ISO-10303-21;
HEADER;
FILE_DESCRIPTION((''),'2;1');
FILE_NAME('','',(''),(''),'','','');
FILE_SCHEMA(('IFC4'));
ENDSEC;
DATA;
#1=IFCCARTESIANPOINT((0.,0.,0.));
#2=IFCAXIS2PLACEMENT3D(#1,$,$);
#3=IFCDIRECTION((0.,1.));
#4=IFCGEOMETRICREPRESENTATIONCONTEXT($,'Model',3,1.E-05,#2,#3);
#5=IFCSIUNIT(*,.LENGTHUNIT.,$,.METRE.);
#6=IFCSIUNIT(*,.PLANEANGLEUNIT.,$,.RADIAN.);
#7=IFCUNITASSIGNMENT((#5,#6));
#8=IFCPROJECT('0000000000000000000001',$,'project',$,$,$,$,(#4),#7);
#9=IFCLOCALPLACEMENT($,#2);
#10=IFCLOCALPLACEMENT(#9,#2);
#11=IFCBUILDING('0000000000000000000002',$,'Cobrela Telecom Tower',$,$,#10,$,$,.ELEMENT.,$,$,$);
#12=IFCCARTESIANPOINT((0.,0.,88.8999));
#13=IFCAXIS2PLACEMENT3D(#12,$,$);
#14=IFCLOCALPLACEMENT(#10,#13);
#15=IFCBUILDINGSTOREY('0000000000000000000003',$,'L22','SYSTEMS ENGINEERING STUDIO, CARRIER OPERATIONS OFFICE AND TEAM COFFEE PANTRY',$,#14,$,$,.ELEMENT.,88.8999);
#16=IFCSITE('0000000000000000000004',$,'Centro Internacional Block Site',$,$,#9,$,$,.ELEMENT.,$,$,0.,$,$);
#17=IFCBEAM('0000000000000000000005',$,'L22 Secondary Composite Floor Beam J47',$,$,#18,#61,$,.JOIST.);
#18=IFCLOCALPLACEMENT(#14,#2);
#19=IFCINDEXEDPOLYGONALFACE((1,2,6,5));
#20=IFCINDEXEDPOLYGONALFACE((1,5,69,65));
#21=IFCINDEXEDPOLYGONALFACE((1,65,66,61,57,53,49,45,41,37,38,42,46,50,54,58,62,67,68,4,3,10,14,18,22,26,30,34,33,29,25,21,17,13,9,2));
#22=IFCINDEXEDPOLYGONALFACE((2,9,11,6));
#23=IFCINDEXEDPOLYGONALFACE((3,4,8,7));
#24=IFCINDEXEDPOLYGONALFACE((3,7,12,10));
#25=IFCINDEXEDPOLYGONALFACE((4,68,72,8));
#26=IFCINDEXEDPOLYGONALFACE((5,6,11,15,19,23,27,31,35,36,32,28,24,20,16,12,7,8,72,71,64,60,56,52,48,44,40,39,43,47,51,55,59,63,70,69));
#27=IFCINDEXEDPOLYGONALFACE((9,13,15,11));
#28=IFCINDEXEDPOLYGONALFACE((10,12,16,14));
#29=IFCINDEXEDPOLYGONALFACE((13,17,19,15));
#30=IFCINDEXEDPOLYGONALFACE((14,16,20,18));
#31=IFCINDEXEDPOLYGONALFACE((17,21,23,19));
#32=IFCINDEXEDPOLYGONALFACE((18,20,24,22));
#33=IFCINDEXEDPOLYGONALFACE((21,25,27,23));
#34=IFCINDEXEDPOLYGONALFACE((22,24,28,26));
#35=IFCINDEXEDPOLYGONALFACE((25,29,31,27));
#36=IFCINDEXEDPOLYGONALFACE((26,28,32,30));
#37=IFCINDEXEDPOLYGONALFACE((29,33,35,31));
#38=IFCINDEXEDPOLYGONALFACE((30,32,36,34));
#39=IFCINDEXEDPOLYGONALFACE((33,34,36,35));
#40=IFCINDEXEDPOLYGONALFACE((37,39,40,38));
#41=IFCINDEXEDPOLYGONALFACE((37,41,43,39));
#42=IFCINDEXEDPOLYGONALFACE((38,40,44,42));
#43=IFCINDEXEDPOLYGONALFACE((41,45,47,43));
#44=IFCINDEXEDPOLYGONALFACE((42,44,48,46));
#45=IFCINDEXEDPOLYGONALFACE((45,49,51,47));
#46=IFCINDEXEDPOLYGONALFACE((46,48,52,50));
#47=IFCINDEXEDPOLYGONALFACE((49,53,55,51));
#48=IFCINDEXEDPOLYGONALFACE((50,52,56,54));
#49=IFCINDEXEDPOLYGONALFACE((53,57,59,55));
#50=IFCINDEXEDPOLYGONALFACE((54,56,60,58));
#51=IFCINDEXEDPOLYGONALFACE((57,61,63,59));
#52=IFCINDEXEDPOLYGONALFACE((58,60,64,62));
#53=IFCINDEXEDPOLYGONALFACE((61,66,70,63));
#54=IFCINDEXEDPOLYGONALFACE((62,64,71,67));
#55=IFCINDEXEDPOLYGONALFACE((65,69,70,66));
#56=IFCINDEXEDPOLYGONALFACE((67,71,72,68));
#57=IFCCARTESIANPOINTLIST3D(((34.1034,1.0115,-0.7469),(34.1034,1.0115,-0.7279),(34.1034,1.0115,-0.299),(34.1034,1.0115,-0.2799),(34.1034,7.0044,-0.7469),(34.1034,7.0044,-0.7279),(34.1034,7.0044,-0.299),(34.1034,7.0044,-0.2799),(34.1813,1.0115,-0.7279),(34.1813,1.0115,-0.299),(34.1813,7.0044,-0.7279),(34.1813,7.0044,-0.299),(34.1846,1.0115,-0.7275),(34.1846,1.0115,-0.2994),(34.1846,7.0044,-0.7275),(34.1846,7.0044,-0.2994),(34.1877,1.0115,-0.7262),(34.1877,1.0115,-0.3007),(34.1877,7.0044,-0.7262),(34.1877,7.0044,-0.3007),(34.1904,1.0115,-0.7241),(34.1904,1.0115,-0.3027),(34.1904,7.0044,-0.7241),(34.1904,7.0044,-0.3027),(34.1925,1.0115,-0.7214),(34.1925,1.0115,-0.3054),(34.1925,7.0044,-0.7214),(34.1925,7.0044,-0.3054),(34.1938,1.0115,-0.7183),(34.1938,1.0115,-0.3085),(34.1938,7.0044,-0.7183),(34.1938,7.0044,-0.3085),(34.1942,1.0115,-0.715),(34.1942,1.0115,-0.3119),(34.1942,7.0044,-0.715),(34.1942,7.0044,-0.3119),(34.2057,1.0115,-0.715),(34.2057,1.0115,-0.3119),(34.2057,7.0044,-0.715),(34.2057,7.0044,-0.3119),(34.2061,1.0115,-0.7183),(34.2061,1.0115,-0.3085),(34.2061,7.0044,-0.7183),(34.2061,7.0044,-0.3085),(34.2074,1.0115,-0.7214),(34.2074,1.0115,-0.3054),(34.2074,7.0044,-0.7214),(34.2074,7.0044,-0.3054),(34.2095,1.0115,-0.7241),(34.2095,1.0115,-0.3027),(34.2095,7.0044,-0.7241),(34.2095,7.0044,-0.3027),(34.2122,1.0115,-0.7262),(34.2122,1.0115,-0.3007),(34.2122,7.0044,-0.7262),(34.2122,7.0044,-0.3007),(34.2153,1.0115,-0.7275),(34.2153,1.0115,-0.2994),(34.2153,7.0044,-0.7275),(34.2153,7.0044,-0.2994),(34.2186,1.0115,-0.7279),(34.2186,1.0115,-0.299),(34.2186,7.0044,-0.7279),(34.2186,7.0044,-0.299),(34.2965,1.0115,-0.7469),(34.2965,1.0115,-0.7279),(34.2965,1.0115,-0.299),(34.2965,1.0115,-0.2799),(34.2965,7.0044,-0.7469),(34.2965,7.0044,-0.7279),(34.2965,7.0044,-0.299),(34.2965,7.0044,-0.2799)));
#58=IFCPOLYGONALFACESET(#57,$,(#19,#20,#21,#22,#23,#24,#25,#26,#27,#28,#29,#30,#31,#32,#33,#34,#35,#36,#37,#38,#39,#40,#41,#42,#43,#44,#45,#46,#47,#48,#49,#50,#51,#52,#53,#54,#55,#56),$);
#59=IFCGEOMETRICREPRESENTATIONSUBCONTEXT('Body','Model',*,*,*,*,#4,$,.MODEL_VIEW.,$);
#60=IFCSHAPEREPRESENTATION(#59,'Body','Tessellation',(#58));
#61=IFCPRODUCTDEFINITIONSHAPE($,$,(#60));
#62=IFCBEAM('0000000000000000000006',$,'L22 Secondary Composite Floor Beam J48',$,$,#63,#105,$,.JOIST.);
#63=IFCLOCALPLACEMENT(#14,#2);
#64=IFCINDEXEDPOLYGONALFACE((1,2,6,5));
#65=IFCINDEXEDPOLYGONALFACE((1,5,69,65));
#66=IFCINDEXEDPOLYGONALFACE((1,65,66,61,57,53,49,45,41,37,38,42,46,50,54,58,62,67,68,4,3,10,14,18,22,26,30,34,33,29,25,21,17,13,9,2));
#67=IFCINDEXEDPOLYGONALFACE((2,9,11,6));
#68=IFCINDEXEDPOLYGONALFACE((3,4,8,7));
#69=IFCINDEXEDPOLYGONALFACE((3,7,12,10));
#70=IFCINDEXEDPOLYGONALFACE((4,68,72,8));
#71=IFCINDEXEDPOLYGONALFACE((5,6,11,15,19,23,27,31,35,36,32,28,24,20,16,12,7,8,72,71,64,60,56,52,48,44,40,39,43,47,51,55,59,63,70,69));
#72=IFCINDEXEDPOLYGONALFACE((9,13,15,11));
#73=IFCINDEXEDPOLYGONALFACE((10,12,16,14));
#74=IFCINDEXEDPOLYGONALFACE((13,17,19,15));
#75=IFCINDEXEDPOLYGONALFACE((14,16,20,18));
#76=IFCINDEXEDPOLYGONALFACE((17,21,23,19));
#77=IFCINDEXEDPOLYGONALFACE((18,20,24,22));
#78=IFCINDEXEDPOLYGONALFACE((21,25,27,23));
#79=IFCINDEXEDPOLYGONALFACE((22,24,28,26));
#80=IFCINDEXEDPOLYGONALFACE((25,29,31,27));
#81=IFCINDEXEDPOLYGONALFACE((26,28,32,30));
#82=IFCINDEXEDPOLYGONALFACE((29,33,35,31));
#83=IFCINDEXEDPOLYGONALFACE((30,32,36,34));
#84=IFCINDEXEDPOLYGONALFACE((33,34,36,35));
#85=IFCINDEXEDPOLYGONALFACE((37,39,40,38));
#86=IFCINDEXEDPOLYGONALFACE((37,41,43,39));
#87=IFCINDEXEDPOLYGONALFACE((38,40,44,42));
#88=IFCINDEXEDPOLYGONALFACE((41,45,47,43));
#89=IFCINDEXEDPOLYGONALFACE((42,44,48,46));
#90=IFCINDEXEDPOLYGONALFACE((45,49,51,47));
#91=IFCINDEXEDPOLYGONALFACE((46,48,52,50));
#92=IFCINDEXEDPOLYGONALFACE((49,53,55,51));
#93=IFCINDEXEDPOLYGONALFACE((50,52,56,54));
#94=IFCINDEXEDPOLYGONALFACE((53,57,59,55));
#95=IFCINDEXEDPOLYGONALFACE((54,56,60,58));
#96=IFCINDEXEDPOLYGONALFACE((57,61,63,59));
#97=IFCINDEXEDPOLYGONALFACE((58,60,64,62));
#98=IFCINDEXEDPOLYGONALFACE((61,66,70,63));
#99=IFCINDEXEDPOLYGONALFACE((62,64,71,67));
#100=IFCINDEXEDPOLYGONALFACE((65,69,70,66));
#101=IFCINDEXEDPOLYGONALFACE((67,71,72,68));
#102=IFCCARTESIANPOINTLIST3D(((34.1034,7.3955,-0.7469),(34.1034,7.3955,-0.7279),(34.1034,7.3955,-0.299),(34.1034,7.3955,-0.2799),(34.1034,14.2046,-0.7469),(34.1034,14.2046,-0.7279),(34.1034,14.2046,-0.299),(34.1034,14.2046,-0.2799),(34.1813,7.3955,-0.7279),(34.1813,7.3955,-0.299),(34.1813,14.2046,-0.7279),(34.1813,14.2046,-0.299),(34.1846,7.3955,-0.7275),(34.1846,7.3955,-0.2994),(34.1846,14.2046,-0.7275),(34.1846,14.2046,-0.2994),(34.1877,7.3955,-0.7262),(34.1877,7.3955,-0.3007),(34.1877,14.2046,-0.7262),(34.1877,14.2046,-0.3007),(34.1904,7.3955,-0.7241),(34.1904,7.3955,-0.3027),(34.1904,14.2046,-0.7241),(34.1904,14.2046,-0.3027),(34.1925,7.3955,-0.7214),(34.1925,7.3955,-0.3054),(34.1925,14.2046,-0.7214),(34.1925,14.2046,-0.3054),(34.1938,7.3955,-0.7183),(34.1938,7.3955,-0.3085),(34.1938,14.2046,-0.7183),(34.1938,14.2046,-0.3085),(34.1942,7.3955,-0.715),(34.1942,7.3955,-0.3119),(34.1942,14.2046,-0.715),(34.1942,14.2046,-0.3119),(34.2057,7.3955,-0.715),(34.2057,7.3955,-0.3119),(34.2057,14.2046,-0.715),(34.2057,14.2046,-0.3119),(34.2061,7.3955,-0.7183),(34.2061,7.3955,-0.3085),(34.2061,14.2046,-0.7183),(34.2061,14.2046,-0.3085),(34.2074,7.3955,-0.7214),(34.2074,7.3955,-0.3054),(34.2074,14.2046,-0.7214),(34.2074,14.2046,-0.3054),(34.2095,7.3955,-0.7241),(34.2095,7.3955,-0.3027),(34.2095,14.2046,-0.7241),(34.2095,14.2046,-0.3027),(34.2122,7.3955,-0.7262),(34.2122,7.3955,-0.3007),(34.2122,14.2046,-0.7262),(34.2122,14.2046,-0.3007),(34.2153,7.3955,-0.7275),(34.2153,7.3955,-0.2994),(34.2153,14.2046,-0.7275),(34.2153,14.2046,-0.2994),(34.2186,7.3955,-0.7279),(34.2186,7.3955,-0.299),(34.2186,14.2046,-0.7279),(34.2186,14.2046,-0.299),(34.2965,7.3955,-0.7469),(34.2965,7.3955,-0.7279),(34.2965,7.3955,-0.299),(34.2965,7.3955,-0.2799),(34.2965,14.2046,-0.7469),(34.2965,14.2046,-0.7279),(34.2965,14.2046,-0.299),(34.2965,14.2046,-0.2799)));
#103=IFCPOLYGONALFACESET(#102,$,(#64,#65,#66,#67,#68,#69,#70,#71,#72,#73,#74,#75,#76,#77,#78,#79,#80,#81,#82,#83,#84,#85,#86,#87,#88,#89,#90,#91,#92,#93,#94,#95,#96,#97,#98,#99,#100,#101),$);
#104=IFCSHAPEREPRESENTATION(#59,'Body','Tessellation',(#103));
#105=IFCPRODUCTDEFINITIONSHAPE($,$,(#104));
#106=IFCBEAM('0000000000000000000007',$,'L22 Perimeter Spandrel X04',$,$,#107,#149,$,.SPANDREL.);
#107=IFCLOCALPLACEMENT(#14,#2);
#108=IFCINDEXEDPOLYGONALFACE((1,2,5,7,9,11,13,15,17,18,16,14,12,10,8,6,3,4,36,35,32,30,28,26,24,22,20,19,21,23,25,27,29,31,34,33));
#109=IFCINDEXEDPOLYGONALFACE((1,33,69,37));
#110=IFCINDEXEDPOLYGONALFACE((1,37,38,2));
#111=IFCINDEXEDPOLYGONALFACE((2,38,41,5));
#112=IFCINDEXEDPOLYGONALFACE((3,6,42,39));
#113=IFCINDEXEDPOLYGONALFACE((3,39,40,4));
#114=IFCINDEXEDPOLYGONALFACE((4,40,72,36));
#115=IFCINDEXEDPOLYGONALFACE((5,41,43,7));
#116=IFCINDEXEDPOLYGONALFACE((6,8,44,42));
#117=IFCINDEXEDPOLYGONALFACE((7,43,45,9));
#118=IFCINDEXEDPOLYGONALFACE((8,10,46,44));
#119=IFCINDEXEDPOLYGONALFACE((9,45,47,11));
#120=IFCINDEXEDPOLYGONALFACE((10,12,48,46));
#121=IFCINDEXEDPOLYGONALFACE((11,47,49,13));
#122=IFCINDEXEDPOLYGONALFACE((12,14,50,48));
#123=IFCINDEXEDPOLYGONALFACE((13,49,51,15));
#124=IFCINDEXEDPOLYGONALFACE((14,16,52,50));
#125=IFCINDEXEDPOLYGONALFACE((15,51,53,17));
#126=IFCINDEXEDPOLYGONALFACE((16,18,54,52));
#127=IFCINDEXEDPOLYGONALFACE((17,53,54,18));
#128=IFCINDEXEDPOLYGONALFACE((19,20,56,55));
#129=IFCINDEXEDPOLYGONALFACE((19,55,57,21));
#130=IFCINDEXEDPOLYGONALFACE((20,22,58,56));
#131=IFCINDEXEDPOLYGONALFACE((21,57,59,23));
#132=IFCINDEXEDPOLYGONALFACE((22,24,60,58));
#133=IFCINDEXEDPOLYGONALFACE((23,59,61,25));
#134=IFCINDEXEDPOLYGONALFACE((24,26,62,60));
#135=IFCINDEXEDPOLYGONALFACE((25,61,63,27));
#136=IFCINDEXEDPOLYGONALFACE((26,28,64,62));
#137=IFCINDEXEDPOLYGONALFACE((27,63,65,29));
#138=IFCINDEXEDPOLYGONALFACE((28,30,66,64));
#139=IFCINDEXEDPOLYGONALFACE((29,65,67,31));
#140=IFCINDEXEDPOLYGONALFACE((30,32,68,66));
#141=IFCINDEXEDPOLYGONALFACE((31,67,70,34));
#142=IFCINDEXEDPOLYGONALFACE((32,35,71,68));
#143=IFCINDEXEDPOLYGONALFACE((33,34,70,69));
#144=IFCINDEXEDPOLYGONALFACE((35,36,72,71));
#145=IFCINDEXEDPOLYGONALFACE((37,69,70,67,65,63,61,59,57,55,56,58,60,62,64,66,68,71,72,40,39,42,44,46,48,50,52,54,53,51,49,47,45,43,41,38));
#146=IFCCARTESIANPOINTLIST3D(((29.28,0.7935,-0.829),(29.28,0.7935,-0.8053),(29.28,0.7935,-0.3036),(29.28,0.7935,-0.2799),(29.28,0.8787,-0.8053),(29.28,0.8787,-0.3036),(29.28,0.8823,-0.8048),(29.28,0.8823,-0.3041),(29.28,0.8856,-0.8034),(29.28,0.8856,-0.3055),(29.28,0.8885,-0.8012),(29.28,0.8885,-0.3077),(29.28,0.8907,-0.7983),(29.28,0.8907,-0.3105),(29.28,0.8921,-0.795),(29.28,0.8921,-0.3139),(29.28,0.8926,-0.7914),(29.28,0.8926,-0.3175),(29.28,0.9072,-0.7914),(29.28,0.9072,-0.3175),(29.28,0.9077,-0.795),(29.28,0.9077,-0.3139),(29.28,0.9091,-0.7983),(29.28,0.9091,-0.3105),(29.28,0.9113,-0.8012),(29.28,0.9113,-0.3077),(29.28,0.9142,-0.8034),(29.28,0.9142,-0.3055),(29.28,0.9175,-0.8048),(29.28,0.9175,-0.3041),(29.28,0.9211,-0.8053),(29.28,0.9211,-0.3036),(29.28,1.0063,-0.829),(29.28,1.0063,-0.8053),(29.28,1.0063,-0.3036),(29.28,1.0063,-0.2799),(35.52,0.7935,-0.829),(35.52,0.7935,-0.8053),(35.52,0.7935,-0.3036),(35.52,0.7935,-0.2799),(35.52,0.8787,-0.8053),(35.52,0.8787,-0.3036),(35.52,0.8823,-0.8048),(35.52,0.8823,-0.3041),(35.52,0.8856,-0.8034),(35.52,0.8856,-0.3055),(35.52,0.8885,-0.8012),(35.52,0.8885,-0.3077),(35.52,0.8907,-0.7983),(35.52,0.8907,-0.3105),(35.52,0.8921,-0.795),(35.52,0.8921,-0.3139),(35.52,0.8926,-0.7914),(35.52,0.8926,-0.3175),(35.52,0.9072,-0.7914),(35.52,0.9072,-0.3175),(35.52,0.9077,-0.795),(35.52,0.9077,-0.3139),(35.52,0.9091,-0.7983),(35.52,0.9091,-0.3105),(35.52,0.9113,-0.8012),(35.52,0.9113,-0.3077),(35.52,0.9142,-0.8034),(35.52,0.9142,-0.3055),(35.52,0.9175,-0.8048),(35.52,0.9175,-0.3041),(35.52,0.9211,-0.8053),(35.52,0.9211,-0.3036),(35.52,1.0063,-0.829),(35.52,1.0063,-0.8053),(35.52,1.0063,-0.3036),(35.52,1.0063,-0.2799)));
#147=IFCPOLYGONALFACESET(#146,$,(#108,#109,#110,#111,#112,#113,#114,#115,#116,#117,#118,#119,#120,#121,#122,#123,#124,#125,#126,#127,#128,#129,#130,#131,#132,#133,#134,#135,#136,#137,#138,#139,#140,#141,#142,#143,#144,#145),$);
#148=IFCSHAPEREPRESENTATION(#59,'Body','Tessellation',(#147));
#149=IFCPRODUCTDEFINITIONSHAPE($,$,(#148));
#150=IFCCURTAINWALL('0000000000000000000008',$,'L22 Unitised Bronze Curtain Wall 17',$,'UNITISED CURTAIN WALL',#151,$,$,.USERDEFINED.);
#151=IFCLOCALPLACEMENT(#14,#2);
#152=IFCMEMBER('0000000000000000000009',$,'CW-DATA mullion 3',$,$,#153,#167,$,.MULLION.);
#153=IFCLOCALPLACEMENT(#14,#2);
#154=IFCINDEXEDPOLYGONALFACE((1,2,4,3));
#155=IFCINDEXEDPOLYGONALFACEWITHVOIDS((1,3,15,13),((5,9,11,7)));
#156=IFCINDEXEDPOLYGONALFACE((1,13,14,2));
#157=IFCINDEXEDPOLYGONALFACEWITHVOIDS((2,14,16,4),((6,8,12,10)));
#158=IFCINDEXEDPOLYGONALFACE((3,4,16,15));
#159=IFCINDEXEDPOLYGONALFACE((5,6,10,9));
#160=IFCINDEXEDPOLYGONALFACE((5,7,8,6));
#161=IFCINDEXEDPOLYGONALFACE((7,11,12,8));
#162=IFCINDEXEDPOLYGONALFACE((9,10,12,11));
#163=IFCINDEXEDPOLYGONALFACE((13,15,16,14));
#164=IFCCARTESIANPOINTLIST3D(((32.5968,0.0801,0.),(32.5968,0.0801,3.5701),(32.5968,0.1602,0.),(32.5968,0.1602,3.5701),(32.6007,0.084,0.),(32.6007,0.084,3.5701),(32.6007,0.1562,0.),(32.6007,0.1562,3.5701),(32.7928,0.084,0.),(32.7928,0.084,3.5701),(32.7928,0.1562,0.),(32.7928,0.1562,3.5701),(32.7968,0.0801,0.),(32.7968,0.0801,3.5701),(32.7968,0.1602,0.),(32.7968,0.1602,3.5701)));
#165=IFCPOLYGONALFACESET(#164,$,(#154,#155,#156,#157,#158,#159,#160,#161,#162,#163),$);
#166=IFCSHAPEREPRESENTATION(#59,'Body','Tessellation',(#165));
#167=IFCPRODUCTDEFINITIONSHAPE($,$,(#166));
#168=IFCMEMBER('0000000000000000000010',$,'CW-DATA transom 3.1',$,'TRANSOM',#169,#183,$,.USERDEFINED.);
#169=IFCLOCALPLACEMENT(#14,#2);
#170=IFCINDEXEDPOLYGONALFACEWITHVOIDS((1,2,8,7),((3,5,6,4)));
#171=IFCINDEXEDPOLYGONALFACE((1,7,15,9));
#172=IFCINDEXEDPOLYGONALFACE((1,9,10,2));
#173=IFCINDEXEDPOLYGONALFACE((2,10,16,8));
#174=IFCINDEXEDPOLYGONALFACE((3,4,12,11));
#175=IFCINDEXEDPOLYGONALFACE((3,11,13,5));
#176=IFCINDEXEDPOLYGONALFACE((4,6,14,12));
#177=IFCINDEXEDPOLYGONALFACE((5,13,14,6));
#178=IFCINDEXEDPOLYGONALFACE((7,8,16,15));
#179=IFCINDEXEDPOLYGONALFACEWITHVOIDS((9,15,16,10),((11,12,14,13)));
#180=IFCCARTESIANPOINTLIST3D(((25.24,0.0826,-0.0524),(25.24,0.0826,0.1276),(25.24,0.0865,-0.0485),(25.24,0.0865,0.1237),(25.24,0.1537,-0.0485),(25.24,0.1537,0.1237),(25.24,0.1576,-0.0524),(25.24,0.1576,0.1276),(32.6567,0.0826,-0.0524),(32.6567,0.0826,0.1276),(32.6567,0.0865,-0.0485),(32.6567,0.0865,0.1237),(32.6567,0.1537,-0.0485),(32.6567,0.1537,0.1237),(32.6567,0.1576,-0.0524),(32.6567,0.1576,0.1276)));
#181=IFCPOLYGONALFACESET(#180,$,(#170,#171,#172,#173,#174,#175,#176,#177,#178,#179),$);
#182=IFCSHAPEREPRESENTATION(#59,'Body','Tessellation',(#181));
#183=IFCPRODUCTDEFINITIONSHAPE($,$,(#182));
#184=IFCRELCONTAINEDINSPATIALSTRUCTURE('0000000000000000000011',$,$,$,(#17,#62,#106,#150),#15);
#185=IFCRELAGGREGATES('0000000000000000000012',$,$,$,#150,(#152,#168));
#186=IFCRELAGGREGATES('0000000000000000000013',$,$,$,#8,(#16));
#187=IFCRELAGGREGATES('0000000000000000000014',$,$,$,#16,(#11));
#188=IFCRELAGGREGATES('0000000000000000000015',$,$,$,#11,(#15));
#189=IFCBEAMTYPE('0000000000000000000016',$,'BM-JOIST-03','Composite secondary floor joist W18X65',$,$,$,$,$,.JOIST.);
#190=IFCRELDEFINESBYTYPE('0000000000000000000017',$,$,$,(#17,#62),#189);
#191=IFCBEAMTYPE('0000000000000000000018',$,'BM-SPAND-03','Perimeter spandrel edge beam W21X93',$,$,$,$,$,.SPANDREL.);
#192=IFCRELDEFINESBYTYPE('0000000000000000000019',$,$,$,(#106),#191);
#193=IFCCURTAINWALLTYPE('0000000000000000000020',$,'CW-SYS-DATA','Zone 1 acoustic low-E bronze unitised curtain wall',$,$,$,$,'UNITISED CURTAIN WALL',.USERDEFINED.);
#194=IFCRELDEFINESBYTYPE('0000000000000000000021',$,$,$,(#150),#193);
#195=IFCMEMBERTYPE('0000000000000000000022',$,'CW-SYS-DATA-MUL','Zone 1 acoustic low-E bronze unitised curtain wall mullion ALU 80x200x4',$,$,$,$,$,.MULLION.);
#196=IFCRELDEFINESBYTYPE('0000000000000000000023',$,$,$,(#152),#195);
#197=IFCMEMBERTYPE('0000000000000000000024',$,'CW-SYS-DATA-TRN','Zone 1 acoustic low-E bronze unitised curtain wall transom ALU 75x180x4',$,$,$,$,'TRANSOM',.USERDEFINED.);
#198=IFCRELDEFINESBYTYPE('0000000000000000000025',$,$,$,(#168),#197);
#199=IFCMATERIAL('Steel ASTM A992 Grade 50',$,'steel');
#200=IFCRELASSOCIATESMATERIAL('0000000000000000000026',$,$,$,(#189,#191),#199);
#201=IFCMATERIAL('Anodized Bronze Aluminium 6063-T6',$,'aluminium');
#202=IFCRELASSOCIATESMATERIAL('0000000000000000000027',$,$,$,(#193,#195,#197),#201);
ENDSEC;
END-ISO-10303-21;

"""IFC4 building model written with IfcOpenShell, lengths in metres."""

from ifc_helpers import new_model, si_unit, direction, frame, origin, origin_2d, place, context, subcontext, project, spatial, hollow_rectangle, i_section, extrude, material, material_profile, profile_set, type_object, element, aggregate, save


model = new_model("IFC4")

# Units and contexts
model_context = context("Model", 3, precision=1e-05, world=origin(), true_north=direction((0.0, 1.0)))
body_context = subcontext(model_context, "Body", "Model", "MODEL_VIEW")
ifc_project = project(units=[si_unit("LENGTHUNIT", "METRE"), si_unit("PLANEANGLEUNIT", "RADIAN")], contexts=[model_context])

# Site, building, storey
site_placement = place(None, origin())
site = spatial("IfcSite", under=ifc_project, at=site_placement, Name="Centro Internacional Block Site", CompositionType="ELEMENT", RefElevation=0.0)
building_placement = place(site_placement, origin())
building = spatial("IfcBuilding", under=site, at=building_placement, Name="Cobrela Telecom Tower", CompositionType="ELEMENT")
storey_placement = place(building_placement, frame((0.0, 0.0, 88.8999)))
storey = spatial("IfcBuildingStorey", under=building, at=storey_placement, Name="L22", Description="SYSTEMS ENGINEERING STUDIO, CARRIER OPERATIONS OFFICE AND TEAM COFFEE PANTRY", CompositionType="ELEMENT", Elevation=88.8999)

# Shared definitions
ifc_material_1 = material(Name="Steel ASTM A992 Grade 50", Category="steel")

# Beams
ifc_material_profile_1 = material_profile(ifc_material_1, i_section(OverallWidth=0.1931, OverallDepth=0.467, WebThickness=0.0115, FlangeThickness=0.019, FilletRadius=0.0129, at=origin_2d()), Name="W18X65")
ifc_profile_set_1 = profile_set([ifc_material_profile_1], Name="Steel ASTM A992 Grade 50")
beam_type_1 = type_object("IfcBeamType", Name="BM-JOIST-03", Description="Composite secondary floor joist W18X65", PredefinedType="JOIST", material=ifc_profile_set_1)
beam_1_placement = place(storey_placement, frame((34.2, 1.0115, -0.5134), z_axis=(0.0, 1.0, 0.0), x_axis=(-1.0, 0.0, 0.0)))
element("IfcBeam", 1, at=beam_1_placement, inside=storey, type_object=beam_type_1, Name="L22 Secondary Composite Floor Beam J47", PredefinedType="JOIST", context=body_context, shape_type="SweptSolid", body=[
    extrude(i_section(OverallWidth=0.1931, OverallDepth=0.467, WebThickness=0.0115, FlangeThickness=0.019, FilletRadius=0.0129, at=origin_2d()), origin(), (0.0, 0.0, 1.0), 5.9929),
])
beam_2_placement = place(storey_placement, frame((34.2, 7.3955, -0.5134), z_axis=(0.0, 1.0, 0.0), x_axis=(-1.0, 0.0, 0.0)))
element("IfcBeam", 2, at=beam_2_placement, inside=storey, type_object=beam_type_1, Name="L22 Secondary Composite Floor Beam J48", PredefinedType="JOIST", context=body_context, shape_type="SweptSolid", body=[
    extrude(i_section(OverallWidth=0.1931, OverallDepth=0.467, WebThickness=0.0115, FlangeThickness=0.019, FilletRadius=0.0129, at=origin_2d()), origin(), (0.0, 0.0, 1.0), 6.8091),
])
ifc_material_profile_2 = material_profile(ifc_material_1, i_section(OverallWidth=0.2129, OverallDepth=0.5491, WebThickness=0.0146, FlangeThickness=0.0237, FilletRadius=0.0139, at=origin_2d()), Name="W21X93")
ifc_profile_set_2 = profile_set([ifc_material_profile_2], Name="Steel ASTM A992 Grade 50")
beam_type_2 = type_object("IfcBeamType", Name="BM-SPAND-03", Description="Perimeter spandrel edge beam W21X93", PredefinedType="SPANDREL", material=ifc_profile_set_2)
beam_3_placement = place(storey_placement, frame((29.28, 0.8999, -0.5544), z_axis=(1.0, 0.0, 0.0), x_axis=(0.0, 1.0, 0.0)))
element("IfcBeam", 3, at=beam_3_placement, inside=storey, type_object=beam_type_2, Name="L22 Perimeter Spandrel X04", PredefinedType="SPANDREL", context=body_context, shape_type="SweptSolid", body=[
    extrude(i_section(OverallWidth=0.2129, OverallDepth=0.5491, WebThickness=0.0146, FlangeThickness=0.0237, FilletRadius=0.0139, at=origin_2d()), origin(), (0.0, 0.0, 1.0), 6.24),
])

# Curtain wall, members
ifc_material_2 = material(Name="Anodized Bronze Aluminium 6063-T6", Category="aluminium")
curtain_wall_type = type_object("IfcCurtainWallType", Name="CW-SYS-DATA", Description="Zone 1 acoustic low-E bronze unitised curtain wall", ElementType="UNITISED CURTAIN WALL", PredefinedType="USERDEFINED", material=ifc_material_2)
curtain_wall_placement = place(storey_placement, origin())
curtain_wall = element("IfcCurtainWall", 4, at=curtain_wall_placement, inside=storey, type_object=curtain_wall_type, Name="L22 Unitised Bronze Curtain Wall 17", ObjectType="UNITISED CURTAIN WALL", PredefinedType="USERDEFINED")
ifc_material_profile_3 = material_profile(ifc_material_2, hollow_rectangle(XDim=0.0801, YDim=0.2, WallThickness=0.0039, at=origin_2d()), Name="ALU 80x200x4")
ifc_profile_set_3 = profile_set([ifc_material_profile_3], Name="Anodized Bronze Aluminium 6063-T6")
member_type_1 = type_object("IfcMemberType", Name="CW-SYS-DATA-MUL", Description="Zone 1 acoustic low-E bronze unitised curtain wall mullion ALU 80x200x4", PredefinedType="MULLION", material=ifc_profile_set_3)
member_1_placement = place(storey_placement, frame((32.6968, 0.1201, 0.0), z_axis=(0.0, 0.0, 1.0), x_axis=(0.0, -1.0, 0.0)))
member_1 = element("IfcMember", 5, at=member_1_placement, type_object=member_type_1, Name="CW-DATA mullion 3", PredefinedType="MULLION", context=body_context, shape_type="SweptSolid", body=[
    extrude(hollow_rectangle(XDim=0.0801, YDim=0.2, WallThickness=0.0039, at=origin_2d()), origin(), (0.0, 0.0, 1.0), 3.5701),
])
ifc_material_profile_4 = material_profile(ifc_material_2, hollow_rectangle(XDim=0.075, YDim=0.1799, WallThickness=0.0039, at=origin_2d()), Name="ALU 75x180x4")
ifc_profile_set_4 = profile_set([ifc_material_profile_4], Name="Anodized Bronze Aluminium 6063-T6")
member_type_2 = type_object("IfcMemberType", Name="CW-SYS-DATA-TRN", Description="Zone 1 acoustic low-E bronze unitised curtain wall transom ALU 75x180x4", ElementType="TRANSOM", PredefinedType="USERDEFINED", material=ifc_profile_set_4)
member_2_placement = place(storey_placement, frame((32.6567, 0.1201, 0.0376), z_axis=(-1.0, 0.0, 0.0), x_axis=(0.0, -1.0, 0.0)))
member_2 = element("IfcMember", 6, at=member_2_placement, type_object=member_type_2, Name="CW-DATA transom 3.1", ObjectType="TRANSOM", PredefinedType="USERDEFINED", context=body_context, shape_type="SweptSolid", body=[
    extrude(hollow_rectangle(XDim=0.075, YDim=0.1799, WallThickness=0.0039, at=origin_2d()), origin(), (0.0, 0.0, 1.0), 7.4167),
])
aggregate(curtain_wall, [member_1, member_2])

save(model, "model.ifc")
